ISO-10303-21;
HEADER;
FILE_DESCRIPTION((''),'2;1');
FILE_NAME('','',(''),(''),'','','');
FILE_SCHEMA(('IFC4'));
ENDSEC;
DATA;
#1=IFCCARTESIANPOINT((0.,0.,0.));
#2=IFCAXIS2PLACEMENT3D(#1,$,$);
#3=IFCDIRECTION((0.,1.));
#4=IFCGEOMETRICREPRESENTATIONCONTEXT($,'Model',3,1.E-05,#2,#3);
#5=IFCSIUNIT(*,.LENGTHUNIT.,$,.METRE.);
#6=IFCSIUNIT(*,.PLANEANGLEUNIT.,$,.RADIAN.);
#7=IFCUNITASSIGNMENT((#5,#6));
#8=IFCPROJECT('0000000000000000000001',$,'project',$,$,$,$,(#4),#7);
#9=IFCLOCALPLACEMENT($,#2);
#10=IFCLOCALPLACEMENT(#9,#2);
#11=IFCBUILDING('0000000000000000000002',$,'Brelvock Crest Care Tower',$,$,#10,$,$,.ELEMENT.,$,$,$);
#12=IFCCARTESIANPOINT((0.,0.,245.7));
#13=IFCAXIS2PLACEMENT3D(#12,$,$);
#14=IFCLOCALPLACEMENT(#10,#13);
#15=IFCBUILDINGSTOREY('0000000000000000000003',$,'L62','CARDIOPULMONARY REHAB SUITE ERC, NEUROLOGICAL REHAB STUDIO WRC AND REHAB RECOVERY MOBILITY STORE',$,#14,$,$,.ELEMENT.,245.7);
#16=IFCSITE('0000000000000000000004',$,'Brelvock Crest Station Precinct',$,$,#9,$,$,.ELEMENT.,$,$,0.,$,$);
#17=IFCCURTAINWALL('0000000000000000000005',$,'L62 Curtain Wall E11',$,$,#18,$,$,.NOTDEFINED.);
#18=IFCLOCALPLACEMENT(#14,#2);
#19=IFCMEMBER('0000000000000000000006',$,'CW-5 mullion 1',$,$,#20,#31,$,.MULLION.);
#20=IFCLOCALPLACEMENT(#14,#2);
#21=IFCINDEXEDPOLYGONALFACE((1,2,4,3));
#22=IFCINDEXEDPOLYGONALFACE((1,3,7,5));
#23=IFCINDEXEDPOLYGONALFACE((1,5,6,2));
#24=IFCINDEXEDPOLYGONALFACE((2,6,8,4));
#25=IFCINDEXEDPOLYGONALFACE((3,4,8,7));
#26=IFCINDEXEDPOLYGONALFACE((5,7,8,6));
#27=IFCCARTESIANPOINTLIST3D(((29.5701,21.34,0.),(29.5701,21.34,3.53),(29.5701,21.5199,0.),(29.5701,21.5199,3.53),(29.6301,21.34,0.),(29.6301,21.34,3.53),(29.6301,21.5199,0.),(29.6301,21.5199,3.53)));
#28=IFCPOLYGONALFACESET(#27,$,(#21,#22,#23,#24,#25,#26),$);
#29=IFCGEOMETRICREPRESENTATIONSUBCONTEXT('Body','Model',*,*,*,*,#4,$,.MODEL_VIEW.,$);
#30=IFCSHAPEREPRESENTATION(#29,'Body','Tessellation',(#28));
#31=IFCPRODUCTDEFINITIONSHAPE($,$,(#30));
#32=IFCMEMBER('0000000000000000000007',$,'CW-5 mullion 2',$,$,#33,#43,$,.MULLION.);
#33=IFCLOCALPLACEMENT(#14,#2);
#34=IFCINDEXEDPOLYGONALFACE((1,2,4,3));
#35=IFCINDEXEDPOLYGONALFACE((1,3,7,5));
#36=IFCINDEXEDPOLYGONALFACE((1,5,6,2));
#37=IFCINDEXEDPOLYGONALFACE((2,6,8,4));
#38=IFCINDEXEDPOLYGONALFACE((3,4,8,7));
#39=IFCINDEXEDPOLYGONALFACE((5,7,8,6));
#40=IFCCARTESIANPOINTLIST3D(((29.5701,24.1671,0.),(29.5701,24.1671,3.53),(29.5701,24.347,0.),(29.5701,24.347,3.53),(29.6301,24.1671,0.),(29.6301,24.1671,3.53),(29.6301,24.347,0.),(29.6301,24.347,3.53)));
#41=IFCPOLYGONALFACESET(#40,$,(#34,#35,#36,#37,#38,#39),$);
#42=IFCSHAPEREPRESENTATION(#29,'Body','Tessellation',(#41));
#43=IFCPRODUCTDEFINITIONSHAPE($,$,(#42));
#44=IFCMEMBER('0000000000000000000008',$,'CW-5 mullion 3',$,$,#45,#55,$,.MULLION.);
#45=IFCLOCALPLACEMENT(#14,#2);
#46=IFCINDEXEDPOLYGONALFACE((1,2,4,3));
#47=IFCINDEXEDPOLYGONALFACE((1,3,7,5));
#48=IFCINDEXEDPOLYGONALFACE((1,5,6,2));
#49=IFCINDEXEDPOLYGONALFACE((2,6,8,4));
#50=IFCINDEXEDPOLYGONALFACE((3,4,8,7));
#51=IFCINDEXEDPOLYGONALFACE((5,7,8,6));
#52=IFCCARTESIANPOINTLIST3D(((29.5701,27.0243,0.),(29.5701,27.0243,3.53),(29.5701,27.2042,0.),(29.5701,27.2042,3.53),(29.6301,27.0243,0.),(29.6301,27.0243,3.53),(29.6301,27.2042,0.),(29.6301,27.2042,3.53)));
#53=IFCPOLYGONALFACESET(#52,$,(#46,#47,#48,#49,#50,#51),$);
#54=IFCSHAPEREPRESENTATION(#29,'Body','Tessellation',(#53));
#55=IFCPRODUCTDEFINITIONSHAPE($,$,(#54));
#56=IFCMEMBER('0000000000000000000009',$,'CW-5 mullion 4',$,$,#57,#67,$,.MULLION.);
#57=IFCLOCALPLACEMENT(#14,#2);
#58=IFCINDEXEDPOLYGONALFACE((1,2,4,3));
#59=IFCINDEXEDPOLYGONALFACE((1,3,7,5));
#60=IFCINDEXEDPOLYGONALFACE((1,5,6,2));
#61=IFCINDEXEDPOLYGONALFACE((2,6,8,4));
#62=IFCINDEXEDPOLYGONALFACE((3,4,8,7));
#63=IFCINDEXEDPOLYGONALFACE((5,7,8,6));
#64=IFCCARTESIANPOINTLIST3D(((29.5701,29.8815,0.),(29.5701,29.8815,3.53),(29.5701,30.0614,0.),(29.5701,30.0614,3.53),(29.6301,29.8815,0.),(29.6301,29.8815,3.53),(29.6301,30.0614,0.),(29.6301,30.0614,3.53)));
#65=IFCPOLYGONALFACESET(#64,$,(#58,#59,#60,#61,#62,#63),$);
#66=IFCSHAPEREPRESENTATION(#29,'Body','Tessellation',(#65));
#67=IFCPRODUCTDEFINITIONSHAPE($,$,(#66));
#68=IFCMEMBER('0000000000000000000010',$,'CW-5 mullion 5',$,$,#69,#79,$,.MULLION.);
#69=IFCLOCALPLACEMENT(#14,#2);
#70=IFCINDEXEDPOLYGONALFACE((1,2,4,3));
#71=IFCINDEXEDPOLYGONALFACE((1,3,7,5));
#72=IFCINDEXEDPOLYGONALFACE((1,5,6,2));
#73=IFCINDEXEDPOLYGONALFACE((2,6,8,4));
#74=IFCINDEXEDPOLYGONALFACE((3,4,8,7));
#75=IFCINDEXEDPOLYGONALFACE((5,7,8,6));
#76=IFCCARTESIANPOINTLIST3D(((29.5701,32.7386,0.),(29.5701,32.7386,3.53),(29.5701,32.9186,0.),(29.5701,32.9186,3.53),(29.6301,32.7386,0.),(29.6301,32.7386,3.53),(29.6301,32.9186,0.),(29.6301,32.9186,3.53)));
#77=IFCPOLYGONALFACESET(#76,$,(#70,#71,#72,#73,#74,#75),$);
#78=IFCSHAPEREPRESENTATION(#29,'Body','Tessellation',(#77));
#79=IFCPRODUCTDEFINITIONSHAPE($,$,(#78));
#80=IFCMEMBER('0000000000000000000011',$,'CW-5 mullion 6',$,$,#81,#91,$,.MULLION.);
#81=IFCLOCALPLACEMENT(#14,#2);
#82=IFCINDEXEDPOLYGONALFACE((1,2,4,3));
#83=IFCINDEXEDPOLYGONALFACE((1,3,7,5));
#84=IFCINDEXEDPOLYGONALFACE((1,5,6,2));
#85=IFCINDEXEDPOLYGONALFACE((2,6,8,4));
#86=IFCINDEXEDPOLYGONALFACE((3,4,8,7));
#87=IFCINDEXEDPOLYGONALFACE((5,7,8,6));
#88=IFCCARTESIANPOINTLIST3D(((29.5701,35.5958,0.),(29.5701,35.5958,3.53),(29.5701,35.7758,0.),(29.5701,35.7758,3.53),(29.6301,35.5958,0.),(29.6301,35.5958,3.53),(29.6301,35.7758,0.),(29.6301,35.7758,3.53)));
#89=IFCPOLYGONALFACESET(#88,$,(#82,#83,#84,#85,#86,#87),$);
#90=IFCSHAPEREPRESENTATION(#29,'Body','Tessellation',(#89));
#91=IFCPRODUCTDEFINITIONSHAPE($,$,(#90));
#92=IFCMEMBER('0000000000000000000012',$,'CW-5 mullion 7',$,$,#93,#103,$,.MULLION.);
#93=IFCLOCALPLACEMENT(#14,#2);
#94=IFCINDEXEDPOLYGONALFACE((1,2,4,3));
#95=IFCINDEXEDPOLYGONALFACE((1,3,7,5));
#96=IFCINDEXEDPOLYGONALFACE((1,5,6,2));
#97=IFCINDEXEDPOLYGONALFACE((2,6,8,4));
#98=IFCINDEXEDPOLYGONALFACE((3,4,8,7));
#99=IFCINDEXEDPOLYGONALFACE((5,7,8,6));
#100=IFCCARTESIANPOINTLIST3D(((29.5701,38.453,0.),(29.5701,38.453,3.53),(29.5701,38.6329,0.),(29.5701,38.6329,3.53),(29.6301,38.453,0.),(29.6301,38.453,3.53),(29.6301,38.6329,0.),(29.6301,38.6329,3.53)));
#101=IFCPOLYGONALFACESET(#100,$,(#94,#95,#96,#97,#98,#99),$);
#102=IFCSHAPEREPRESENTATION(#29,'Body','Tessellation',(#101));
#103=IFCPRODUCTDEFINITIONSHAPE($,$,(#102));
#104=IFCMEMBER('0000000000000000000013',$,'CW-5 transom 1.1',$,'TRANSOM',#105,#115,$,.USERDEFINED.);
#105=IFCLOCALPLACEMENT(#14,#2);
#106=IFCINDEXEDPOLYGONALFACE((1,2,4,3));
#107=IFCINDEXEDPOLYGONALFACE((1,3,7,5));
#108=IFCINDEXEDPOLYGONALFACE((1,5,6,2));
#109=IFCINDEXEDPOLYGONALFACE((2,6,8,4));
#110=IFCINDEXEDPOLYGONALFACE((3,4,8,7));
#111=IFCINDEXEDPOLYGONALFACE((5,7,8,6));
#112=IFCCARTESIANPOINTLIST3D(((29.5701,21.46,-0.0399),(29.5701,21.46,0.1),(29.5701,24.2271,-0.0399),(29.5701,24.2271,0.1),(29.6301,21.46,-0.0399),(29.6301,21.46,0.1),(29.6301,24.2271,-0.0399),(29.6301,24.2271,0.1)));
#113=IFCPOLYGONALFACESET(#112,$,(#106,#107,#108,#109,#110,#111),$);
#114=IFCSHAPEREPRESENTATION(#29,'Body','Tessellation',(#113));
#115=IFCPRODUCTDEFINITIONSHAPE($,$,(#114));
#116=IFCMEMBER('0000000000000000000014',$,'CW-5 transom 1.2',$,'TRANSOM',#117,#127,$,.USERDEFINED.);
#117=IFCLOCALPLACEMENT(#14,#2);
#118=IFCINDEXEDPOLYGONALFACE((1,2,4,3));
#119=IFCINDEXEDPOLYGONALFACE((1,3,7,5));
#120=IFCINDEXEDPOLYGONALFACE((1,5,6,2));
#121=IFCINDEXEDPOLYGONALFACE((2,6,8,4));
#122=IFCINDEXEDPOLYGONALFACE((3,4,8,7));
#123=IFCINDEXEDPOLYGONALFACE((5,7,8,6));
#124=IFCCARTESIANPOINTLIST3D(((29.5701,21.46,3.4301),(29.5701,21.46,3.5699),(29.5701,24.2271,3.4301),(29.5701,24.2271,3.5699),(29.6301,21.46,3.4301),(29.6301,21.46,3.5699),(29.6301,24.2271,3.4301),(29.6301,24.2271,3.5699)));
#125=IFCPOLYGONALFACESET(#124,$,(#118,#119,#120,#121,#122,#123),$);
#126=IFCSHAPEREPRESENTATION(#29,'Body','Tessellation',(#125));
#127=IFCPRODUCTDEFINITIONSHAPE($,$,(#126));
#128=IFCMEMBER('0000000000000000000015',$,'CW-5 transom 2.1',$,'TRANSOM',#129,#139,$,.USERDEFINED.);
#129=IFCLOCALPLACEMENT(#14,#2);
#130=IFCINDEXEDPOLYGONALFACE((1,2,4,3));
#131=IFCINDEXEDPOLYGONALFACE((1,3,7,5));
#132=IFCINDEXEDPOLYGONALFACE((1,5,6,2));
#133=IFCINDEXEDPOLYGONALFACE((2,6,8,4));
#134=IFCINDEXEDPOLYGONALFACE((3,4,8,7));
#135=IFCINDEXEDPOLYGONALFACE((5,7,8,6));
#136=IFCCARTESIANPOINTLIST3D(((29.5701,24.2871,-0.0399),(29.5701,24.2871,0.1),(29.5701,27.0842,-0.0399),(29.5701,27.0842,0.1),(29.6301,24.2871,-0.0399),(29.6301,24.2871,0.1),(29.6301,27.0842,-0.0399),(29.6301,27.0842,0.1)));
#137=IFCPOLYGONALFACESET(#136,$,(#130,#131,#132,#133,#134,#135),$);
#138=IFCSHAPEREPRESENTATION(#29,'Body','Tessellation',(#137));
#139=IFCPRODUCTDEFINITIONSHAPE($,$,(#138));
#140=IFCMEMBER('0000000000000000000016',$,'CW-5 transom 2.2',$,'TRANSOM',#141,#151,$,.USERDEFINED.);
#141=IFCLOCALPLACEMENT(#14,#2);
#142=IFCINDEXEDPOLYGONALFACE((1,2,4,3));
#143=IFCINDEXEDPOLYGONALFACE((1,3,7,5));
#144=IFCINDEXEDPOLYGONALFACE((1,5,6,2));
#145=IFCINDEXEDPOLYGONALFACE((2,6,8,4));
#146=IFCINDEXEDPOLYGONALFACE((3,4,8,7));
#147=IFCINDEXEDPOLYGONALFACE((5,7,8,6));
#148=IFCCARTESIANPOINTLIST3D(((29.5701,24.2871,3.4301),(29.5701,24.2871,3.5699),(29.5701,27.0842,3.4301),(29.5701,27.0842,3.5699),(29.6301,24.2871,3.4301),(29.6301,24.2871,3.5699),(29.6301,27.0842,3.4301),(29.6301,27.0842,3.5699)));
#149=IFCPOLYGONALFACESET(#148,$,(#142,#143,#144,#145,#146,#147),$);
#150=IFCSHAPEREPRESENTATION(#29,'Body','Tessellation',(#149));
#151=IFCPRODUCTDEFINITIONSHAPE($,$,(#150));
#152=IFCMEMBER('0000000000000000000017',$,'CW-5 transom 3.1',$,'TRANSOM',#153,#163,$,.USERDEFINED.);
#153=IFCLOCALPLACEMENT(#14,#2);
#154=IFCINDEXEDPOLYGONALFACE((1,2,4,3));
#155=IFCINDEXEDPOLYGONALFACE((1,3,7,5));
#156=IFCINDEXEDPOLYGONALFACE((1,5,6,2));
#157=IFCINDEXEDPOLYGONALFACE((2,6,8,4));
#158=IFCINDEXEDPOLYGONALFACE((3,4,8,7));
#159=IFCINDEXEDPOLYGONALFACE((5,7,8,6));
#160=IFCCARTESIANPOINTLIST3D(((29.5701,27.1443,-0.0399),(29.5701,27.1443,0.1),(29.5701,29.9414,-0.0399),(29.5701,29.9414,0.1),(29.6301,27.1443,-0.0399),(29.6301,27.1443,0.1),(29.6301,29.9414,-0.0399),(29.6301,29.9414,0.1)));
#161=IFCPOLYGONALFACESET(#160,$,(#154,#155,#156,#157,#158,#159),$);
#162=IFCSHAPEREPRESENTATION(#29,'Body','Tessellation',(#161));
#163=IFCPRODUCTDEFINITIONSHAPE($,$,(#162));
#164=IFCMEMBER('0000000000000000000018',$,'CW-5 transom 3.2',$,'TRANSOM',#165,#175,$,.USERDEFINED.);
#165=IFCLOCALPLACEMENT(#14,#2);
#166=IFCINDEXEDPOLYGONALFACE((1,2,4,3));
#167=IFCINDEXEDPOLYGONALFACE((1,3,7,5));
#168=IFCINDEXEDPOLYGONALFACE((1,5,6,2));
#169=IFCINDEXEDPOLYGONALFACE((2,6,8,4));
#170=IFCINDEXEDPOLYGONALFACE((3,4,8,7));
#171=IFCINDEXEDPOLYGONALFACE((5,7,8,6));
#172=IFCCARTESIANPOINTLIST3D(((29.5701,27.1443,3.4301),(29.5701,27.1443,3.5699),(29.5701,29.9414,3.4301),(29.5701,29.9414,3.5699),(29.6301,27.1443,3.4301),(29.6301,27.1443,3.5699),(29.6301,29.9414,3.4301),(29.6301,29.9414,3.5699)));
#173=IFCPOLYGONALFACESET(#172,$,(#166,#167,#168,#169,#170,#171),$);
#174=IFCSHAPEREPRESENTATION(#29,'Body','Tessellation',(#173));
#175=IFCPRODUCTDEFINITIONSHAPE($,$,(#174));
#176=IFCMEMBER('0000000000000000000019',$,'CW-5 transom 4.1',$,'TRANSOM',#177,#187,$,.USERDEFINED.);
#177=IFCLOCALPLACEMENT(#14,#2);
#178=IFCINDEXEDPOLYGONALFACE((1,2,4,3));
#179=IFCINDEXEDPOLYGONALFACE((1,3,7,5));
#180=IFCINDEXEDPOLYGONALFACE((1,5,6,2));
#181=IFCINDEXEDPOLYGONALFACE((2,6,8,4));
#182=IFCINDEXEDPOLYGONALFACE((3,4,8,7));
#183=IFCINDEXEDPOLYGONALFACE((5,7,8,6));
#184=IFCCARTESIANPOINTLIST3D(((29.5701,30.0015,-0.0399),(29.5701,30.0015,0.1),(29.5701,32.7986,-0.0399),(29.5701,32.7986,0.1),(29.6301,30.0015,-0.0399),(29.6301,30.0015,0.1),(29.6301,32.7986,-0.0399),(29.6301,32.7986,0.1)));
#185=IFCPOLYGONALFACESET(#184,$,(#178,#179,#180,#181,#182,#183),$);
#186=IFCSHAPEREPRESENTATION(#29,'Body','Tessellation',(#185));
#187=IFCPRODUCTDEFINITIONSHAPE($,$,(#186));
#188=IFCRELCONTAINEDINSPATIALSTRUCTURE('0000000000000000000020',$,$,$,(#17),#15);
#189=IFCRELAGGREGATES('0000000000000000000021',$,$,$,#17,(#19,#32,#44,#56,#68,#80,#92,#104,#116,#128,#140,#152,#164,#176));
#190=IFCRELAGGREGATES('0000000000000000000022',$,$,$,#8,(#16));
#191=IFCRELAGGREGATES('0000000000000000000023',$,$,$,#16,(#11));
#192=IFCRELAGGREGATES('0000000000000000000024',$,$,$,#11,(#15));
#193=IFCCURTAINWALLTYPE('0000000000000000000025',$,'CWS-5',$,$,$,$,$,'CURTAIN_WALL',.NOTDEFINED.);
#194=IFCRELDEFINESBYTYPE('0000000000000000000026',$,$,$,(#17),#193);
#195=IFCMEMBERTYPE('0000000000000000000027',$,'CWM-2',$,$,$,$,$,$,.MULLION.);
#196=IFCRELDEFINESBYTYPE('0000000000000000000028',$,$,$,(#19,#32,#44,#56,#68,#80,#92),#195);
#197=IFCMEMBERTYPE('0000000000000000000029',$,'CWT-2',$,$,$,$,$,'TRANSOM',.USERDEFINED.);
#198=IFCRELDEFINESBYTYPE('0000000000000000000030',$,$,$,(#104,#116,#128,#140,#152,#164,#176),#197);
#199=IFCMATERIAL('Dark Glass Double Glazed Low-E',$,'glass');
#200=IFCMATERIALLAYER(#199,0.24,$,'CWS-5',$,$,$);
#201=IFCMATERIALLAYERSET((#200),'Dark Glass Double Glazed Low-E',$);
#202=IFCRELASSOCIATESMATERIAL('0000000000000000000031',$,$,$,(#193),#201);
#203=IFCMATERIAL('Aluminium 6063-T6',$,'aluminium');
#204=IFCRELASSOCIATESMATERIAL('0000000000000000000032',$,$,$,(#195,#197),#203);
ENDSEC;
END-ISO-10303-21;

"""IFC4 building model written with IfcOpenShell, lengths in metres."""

from ifc_helpers import new_model, si_unit, direction, frame, origin, origin_2d, place, context, subcontext, project, spatial, rectangle, extrude, source, transform, mapped, material, layer, layer_set, material_profile, profile_set, type_object, element, aggregate, save


model = new_model("IFC4")

# Units and contexts
model_context = context("Model", 3, precision=1e-05, world=origin(), true_north=direction((0.0, 1.0)))
body_context = subcontext(model_context, "Body", "Model", "MODEL_VIEW")
ifc_project = project(units=[si_unit("LENGTHUNIT", "METRE"), si_unit("PLANEANGLEUNIT", "RADIAN")], contexts=[model_context])

# Site, building, storey
site_placement = place(None, origin())
site = spatial("IfcSite", under=ifc_project, at=site_placement, Name="Brelvock Crest Station Precinct", CompositionType="ELEMENT", RefElevation=0.0)
building_placement = place(site_placement, origin())
building = spatial("IfcBuilding", under=site, at=building_placement, Name="Brelvock Crest Care Tower", CompositionType="ELEMENT")
storey_placement = place(building_placement, frame((0.0, 0.0, 245.7)))
storey = spatial("IfcBuildingStorey", under=building, at=storey_placement, Name="L62", Description="CARDIOPULMONARY REHAB SUITE ERC, NEUROLOGICAL REHAB STUDIO WRC AND REHAB RECOVERY MOBILITY STORE", CompositionType="ELEMENT", Elevation=245.7)

# Curtain wall, members
ifc_material_1 = material(Name="Dark Glass Double Glazed Low-E", Category="glass")
ifc_layer_1 = layer(ifc_material_1, 0.24, Name="CWS-5")
ifc_layer_set_1 = layer_set([ifc_layer_1], Name="Dark Glass Double Glazed Low-E")
curtain_wall_type = type_object("IfcCurtainWallType", Name="CWS-5", ElementType="CURTAIN_WALL", PredefinedType="NOTDEFINED", material=ifc_layer_set_1)
curtain_wall_placement = place(storey_placement, origin())
curtain_wall = element("IfcCurtainWall", 1, at=curtain_wall_placement, inside=storey, type_object=curtain_wall_type, Name="L62 Curtain Wall E11", PredefinedType="NOTDEFINED")
ifc_material_2 = material(Name="Aluminium 6063-T6", Category="aluminium")
ifc_material_profile_1 = material_profile(ifc_material_2, rectangle(XDim=0.0601, YDim=0.1799, at=origin_2d()), Name="ALU60x180")
ifc_profile_set_1 = profile_set([ifc_material_profile_1], Name="Aluminium 6063-T6")
member_type_1 = type_object("IfcMemberType", Name="CWM-2", PredefinedType="MULLION", material=ifc_profile_set_1)
shared_shape_1 = source(origin(), body_context, "Body", "SweptSolid", [
    extrude(rectangle(XDim=0.0601, YDim=0.1799, at=origin_2d()), origin(), (0.0, 0.0, 1.0), 3.53),
])
member_1_placement = place(storey_placement, frame((29.6001, 21.4299, 0.0), z_axis=(0.0, 0.0, 1.0), x_axis=(-1.0, 0.0, 0.0)))
member_1 = element("IfcMember", 2, at=member_1_placement, type_object=member_type_1, Name="CW-5 mullion 1", PredefinedType="MULLION", context=body_context, shape_type="MappedRepresentation", body=[
    mapped(shared_shape_1, transform((0.0, 0.0, 0.0), x_axis=(1.0, 0.0, 0.0), y_axis=(0.0, 1.0, 0.0), z_axis=(0.0, 0.0, 1.0), scale=1.0)),
])
member_2_placement = place(storey_placement, frame((29.6001, 24.2571, 0.0), z_axis=(0.0, 0.0, 1.0), x_axis=(-1.0, 0.0, 0.0)))
member_2 = element("IfcMember", 3, at=member_2_placement, type_object=member_type_1, Name="CW-5 mullion 2", PredefinedType="MULLION", context=body_context, shape_type="MappedRepresentation", body=[
    mapped(shared_shape_1, transform((0.0, 0.0, 0.0), x_axis=(1.0, 0.0, 0.0), y_axis=(0.0, 1.0, 0.0), z_axis=(0.0, 0.0, 1.0), scale=1.0)),
])
member_3_placement = place(storey_placement, frame((29.6001, 27.1143, 0.0), z_axis=(0.0, 0.0, 1.0), x_axis=(-1.0, 0.0, 0.0)))
member_3 = element("IfcMember", 4, at=member_3_placement, type_object=member_type_1, Name="CW-5 mullion 3", PredefinedType="MULLION", context=body_context, shape_type="MappedRepresentation", body=[
    mapped(shared_shape_1, transform((0.0, 0.0, 0.0), x_axis=(1.0, 0.0, 0.0), y_axis=(0.0, 1.0, 0.0), z_axis=(0.0, 0.0, 1.0), scale=1.0)),
])
member_4_placement = place(storey_placement, frame((29.6001, 29.9714, 0.0), z_axis=(0.0, 0.0, 1.0), x_axis=(-1.0, 0.0, 0.0)))
member_4 = element("IfcMember", 5, at=member_4_placement, type_object=member_type_1, Name="CW-5 mullion 4", PredefinedType="MULLION", context=body_context, shape_type="MappedRepresentation", body=[
    mapped(shared_shape_1, transform((0.0, 0.0, 0.0), x_axis=(1.0, 0.0, 0.0), y_axis=(0.0, 1.0, 0.0), z_axis=(0.0, 0.0, 1.0), scale=1.0)),
])
member_5_placement = place(storey_placement, frame((29.6001, 32.8286, 0.0), z_axis=(0.0, 0.0, 1.0), x_axis=(-1.0, 0.0, 0.0)))
member_5 = element("IfcMember", 6, at=member_5_placement, type_object=member_type_1, Name="CW-5 mullion 5", PredefinedType="MULLION", context=body_context, shape_type="MappedRepresentation", body=[
    mapped(shared_shape_1, transform((0.0, 0.0, 0.0), x_axis=(1.0, 0.0, 0.0), y_axis=(0.0, 1.0, 0.0), z_axis=(0.0, 0.0, 1.0), scale=1.0)),
])
member_6_placement = place(storey_placement, frame((29.6001, 35.6858, 0.0), z_axis=(0.0, 0.0, 1.0), x_axis=(-1.0, 0.0, 0.0)))
member_6 = element("IfcMember", 7, at=member_6_placement, type_object=member_type_1, Name="CW-5 mullion 6", PredefinedType="MULLION", context=body_context, shape_type="MappedRepresentation", body=[
    mapped(shared_shape_1, transform((0.0, 0.0, 0.0), x_axis=(1.0, 0.0, 0.0), y_axis=(0.0, 1.0, 0.0), z_axis=(0.0, 0.0, 1.0), scale=1.0)),
])
member_7_placement = place(storey_placement, frame((29.6001, 38.543, 0.0), z_axis=(0.0, 0.0, 1.0), x_axis=(-1.0, 0.0, 0.0)))
member_7 = element("IfcMember", 8, at=member_7_placement, type_object=member_type_1, Name="CW-5 mullion 7", PredefinedType="MULLION", context=body_context, shape_type="MappedRepresentation", body=[
    mapped(shared_shape_1, transform((0.0, 0.0, 0.0), x_axis=(1.0, 0.0, 0.0), y_axis=(0.0, 1.0, 0.0), z_axis=(0.0, 0.0, 1.0), scale=1.0)),
])
ifc_material_profile_2 = material_profile(ifc_material_2, rectangle(XDim=0.0601, YDim=0.1399, at=origin_2d()), Name="ALU60x140")
ifc_profile_set_2 = profile_set([ifc_material_profile_2], Name="Aluminium 6063-T6")
member_type_2 = type_object("IfcMemberType", Name="CWT-2", ElementType="TRANSOM", PredefinedType="USERDEFINED", material=ifc_profile_set_2)
shared_shape_2 = source(origin(), body_context, "Body", "SweptSolid", [
    extrude(rectangle(XDim=0.0601, YDim=0.1399, at=origin_2d()), origin(), (0.0, 0.0, 1.0), 2.7671),
])
member_8_placement = place(storey_placement, frame((29.6001, 21.46, 0.03), z_axis=(0.0, 1.0, 0.0), x_axis=(-1.0, 0.0, 0.0)))
member_8 = element("IfcMember", 9, at=member_8_placement, type_object=member_type_2, Name="CW-5 transom 1.1", ObjectType="TRANSOM", PredefinedType="USERDEFINED", context=body_context, shape_type="MappedRepresentation", body=[
    mapped(shared_shape_2, transform((0.0, 0.0, 0.0), x_axis=(1.0, 0.0, 0.0), y_axis=(0.0, 1.0, 0.0), z_axis=(0.0, 0.0, 1.0), scale=1.0)),
])
member_9_placement = place(storey_placement, frame((29.6001, 21.46, 3.5), z_axis=(0.0, 1.0, 0.0), x_axis=(-1.0, 0.0, 0.0)))
member_9 = element("IfcMember", 10, at=member_9_placement, type_object=member_type_2, Name="CW-5 transom 1.2", ObjectType="TRANSOM", PredefinedType="USERDEFINED", context=body_context, shape_type="MappedRepresentation", body=[
    mapped(shared_shape_2, transform((0.0, 0.0, 0.0), x_axis=(1.0, 0.0, 0.0), y_axis=(0.0, 1.0, 0.0), z_axis=(0.0, 0.0, 1.0), scale=1.0)),
])
shared_shape_3 = source(origin(), body_context, "Body", "SweptSolid", [
    extrude(rectangle(XDim=0.0601, YDim=0.1399, at=origin_2d()), origin(), (0.0, 0.0, 1.0), 2.7971),
])
member_10_placement = place(storey_placement, frame((29.6001, 24.2871, 0.03), z_axis=(0.0, 1.0, 0.0), x_axis=(-1.0, 0.0, 0.0)))
member_10 = element("IfcMember", 11, at=member_10_placement, type_object=member_type_2, Name="CW-5 transom 2.1", ObjectType="TRANSOM", PredefinedType="USERDEFINED", context=body_context, shape_type="MappedRepresentation", body=[
    mapped(shared_shape_3, transform((0.0, 0.0, 0.0), x_axis=(1.0, 0.0, 0.0), y_axis=(0.0, 1.0, 0.0), z_axis=(0.0, 0.0, 1.0), scale=1.0)),
])
member_11_placement = place(storey_placement, frame((29.6001, 24.2871, 3.5), z_axis=(0.0, 1.0, 0.0), x_axis=(-1.0, 0.0, 0.0)))
member_11 = element("IfcMember", 12, at=member_11_placement, type_object=member_type_2, Name="CW-5 transom 2.2", ObjectType="TRANSOM", PredefinedType="USERDEFINED", context=body_context, shape_type="MappedRepresentation", body=[
    mapped(shared_shape_3, transform((0.0, 0.0, 0.0), x_axis=(1.0, 0.0, 0.0), y_axis=(0.0, 1.0, 0.0), z_axis=(0.0, 0.0, 1.0), scale=1.0)),
])
member_12_placement = place(storey_placement, frame((29.6001, 27.1443, 0.03), z_axis=(0.0, 1.0, 0.0), x_axis=(-1.0, 0.0, 0.0)))
member_12 = element("IfcMember", 13, at=member_12_placement, type_object=member_type_2, Name="CW-5 transom 3.1", ObjectType="TRANSOM", PredefinedType="USERDEFINED", context=body_context, shape_type="MappedRepresentation", body=[
    mapped(shared_shape_3, transform((0.0, 0.0, 0.0), x_axis=(1.0, 0.0, 0.0), y_axis=(0.0, 1.0, 0.0), z_axis=(0.0, 0.0, 1.0), scale=1.0)),
])
member_13_placement = place(storey_placement, frame((29.6001, 27.1443, 3.5), z_axis=(0.0, 1.0, 0.0), x_axis=(-1.0, 0.0, 0.0)))
member_13 = element("IfcMember", 14, at=member_13_placement, type_object=member_type_2, Name="CW-5 transom 3.2", ObjectType="TRANSOM", PredefinedType="USERDEFINED", context=body_context, shape_type="MappedRepresentation", body=[
    mapped(shared_shape_3, transform((0.0, 0.0, 0.0), x_axis=(1.0, 0.0, 0.0), y_axis=(0.0, 1.0, 0.0), z_axis=(0.0, 0.0, 1.0), scale=1.0)),
])
member_14_placement = place(storey_placement, frame((29.6001, 30.0015, 0.03), z_axis=(0.0, 1.0, 0.0), x_axis=(-1.0, 0.0, 0.0)))
member_14 = element("IfcMember", 15, at=member_14_placement, type_object=member_type_2, Name="CW-5 transom 4.1", ObjectType="TRANSOM", PredefinedType="USERDEFINED", context=body_context, shape_type="MappedRepresentation", body=[
    mapped(shared_shape_3, transform((0.0, 0.0, 0.0), x_axis=(1.0, 0.0, 0.0), y_axis=(0.0, 1.0, 0.0), z_axis=(0.0, 0.0, 1.0), scale=1.0)),
])
aggregate(curtain_wall, [member_1, member_2, member_3, member_4, member_5, member_6, member_7, member_8, member_9, member_10, member_11, member_12, member_13, member_14])

save(model, "model.ifc")
